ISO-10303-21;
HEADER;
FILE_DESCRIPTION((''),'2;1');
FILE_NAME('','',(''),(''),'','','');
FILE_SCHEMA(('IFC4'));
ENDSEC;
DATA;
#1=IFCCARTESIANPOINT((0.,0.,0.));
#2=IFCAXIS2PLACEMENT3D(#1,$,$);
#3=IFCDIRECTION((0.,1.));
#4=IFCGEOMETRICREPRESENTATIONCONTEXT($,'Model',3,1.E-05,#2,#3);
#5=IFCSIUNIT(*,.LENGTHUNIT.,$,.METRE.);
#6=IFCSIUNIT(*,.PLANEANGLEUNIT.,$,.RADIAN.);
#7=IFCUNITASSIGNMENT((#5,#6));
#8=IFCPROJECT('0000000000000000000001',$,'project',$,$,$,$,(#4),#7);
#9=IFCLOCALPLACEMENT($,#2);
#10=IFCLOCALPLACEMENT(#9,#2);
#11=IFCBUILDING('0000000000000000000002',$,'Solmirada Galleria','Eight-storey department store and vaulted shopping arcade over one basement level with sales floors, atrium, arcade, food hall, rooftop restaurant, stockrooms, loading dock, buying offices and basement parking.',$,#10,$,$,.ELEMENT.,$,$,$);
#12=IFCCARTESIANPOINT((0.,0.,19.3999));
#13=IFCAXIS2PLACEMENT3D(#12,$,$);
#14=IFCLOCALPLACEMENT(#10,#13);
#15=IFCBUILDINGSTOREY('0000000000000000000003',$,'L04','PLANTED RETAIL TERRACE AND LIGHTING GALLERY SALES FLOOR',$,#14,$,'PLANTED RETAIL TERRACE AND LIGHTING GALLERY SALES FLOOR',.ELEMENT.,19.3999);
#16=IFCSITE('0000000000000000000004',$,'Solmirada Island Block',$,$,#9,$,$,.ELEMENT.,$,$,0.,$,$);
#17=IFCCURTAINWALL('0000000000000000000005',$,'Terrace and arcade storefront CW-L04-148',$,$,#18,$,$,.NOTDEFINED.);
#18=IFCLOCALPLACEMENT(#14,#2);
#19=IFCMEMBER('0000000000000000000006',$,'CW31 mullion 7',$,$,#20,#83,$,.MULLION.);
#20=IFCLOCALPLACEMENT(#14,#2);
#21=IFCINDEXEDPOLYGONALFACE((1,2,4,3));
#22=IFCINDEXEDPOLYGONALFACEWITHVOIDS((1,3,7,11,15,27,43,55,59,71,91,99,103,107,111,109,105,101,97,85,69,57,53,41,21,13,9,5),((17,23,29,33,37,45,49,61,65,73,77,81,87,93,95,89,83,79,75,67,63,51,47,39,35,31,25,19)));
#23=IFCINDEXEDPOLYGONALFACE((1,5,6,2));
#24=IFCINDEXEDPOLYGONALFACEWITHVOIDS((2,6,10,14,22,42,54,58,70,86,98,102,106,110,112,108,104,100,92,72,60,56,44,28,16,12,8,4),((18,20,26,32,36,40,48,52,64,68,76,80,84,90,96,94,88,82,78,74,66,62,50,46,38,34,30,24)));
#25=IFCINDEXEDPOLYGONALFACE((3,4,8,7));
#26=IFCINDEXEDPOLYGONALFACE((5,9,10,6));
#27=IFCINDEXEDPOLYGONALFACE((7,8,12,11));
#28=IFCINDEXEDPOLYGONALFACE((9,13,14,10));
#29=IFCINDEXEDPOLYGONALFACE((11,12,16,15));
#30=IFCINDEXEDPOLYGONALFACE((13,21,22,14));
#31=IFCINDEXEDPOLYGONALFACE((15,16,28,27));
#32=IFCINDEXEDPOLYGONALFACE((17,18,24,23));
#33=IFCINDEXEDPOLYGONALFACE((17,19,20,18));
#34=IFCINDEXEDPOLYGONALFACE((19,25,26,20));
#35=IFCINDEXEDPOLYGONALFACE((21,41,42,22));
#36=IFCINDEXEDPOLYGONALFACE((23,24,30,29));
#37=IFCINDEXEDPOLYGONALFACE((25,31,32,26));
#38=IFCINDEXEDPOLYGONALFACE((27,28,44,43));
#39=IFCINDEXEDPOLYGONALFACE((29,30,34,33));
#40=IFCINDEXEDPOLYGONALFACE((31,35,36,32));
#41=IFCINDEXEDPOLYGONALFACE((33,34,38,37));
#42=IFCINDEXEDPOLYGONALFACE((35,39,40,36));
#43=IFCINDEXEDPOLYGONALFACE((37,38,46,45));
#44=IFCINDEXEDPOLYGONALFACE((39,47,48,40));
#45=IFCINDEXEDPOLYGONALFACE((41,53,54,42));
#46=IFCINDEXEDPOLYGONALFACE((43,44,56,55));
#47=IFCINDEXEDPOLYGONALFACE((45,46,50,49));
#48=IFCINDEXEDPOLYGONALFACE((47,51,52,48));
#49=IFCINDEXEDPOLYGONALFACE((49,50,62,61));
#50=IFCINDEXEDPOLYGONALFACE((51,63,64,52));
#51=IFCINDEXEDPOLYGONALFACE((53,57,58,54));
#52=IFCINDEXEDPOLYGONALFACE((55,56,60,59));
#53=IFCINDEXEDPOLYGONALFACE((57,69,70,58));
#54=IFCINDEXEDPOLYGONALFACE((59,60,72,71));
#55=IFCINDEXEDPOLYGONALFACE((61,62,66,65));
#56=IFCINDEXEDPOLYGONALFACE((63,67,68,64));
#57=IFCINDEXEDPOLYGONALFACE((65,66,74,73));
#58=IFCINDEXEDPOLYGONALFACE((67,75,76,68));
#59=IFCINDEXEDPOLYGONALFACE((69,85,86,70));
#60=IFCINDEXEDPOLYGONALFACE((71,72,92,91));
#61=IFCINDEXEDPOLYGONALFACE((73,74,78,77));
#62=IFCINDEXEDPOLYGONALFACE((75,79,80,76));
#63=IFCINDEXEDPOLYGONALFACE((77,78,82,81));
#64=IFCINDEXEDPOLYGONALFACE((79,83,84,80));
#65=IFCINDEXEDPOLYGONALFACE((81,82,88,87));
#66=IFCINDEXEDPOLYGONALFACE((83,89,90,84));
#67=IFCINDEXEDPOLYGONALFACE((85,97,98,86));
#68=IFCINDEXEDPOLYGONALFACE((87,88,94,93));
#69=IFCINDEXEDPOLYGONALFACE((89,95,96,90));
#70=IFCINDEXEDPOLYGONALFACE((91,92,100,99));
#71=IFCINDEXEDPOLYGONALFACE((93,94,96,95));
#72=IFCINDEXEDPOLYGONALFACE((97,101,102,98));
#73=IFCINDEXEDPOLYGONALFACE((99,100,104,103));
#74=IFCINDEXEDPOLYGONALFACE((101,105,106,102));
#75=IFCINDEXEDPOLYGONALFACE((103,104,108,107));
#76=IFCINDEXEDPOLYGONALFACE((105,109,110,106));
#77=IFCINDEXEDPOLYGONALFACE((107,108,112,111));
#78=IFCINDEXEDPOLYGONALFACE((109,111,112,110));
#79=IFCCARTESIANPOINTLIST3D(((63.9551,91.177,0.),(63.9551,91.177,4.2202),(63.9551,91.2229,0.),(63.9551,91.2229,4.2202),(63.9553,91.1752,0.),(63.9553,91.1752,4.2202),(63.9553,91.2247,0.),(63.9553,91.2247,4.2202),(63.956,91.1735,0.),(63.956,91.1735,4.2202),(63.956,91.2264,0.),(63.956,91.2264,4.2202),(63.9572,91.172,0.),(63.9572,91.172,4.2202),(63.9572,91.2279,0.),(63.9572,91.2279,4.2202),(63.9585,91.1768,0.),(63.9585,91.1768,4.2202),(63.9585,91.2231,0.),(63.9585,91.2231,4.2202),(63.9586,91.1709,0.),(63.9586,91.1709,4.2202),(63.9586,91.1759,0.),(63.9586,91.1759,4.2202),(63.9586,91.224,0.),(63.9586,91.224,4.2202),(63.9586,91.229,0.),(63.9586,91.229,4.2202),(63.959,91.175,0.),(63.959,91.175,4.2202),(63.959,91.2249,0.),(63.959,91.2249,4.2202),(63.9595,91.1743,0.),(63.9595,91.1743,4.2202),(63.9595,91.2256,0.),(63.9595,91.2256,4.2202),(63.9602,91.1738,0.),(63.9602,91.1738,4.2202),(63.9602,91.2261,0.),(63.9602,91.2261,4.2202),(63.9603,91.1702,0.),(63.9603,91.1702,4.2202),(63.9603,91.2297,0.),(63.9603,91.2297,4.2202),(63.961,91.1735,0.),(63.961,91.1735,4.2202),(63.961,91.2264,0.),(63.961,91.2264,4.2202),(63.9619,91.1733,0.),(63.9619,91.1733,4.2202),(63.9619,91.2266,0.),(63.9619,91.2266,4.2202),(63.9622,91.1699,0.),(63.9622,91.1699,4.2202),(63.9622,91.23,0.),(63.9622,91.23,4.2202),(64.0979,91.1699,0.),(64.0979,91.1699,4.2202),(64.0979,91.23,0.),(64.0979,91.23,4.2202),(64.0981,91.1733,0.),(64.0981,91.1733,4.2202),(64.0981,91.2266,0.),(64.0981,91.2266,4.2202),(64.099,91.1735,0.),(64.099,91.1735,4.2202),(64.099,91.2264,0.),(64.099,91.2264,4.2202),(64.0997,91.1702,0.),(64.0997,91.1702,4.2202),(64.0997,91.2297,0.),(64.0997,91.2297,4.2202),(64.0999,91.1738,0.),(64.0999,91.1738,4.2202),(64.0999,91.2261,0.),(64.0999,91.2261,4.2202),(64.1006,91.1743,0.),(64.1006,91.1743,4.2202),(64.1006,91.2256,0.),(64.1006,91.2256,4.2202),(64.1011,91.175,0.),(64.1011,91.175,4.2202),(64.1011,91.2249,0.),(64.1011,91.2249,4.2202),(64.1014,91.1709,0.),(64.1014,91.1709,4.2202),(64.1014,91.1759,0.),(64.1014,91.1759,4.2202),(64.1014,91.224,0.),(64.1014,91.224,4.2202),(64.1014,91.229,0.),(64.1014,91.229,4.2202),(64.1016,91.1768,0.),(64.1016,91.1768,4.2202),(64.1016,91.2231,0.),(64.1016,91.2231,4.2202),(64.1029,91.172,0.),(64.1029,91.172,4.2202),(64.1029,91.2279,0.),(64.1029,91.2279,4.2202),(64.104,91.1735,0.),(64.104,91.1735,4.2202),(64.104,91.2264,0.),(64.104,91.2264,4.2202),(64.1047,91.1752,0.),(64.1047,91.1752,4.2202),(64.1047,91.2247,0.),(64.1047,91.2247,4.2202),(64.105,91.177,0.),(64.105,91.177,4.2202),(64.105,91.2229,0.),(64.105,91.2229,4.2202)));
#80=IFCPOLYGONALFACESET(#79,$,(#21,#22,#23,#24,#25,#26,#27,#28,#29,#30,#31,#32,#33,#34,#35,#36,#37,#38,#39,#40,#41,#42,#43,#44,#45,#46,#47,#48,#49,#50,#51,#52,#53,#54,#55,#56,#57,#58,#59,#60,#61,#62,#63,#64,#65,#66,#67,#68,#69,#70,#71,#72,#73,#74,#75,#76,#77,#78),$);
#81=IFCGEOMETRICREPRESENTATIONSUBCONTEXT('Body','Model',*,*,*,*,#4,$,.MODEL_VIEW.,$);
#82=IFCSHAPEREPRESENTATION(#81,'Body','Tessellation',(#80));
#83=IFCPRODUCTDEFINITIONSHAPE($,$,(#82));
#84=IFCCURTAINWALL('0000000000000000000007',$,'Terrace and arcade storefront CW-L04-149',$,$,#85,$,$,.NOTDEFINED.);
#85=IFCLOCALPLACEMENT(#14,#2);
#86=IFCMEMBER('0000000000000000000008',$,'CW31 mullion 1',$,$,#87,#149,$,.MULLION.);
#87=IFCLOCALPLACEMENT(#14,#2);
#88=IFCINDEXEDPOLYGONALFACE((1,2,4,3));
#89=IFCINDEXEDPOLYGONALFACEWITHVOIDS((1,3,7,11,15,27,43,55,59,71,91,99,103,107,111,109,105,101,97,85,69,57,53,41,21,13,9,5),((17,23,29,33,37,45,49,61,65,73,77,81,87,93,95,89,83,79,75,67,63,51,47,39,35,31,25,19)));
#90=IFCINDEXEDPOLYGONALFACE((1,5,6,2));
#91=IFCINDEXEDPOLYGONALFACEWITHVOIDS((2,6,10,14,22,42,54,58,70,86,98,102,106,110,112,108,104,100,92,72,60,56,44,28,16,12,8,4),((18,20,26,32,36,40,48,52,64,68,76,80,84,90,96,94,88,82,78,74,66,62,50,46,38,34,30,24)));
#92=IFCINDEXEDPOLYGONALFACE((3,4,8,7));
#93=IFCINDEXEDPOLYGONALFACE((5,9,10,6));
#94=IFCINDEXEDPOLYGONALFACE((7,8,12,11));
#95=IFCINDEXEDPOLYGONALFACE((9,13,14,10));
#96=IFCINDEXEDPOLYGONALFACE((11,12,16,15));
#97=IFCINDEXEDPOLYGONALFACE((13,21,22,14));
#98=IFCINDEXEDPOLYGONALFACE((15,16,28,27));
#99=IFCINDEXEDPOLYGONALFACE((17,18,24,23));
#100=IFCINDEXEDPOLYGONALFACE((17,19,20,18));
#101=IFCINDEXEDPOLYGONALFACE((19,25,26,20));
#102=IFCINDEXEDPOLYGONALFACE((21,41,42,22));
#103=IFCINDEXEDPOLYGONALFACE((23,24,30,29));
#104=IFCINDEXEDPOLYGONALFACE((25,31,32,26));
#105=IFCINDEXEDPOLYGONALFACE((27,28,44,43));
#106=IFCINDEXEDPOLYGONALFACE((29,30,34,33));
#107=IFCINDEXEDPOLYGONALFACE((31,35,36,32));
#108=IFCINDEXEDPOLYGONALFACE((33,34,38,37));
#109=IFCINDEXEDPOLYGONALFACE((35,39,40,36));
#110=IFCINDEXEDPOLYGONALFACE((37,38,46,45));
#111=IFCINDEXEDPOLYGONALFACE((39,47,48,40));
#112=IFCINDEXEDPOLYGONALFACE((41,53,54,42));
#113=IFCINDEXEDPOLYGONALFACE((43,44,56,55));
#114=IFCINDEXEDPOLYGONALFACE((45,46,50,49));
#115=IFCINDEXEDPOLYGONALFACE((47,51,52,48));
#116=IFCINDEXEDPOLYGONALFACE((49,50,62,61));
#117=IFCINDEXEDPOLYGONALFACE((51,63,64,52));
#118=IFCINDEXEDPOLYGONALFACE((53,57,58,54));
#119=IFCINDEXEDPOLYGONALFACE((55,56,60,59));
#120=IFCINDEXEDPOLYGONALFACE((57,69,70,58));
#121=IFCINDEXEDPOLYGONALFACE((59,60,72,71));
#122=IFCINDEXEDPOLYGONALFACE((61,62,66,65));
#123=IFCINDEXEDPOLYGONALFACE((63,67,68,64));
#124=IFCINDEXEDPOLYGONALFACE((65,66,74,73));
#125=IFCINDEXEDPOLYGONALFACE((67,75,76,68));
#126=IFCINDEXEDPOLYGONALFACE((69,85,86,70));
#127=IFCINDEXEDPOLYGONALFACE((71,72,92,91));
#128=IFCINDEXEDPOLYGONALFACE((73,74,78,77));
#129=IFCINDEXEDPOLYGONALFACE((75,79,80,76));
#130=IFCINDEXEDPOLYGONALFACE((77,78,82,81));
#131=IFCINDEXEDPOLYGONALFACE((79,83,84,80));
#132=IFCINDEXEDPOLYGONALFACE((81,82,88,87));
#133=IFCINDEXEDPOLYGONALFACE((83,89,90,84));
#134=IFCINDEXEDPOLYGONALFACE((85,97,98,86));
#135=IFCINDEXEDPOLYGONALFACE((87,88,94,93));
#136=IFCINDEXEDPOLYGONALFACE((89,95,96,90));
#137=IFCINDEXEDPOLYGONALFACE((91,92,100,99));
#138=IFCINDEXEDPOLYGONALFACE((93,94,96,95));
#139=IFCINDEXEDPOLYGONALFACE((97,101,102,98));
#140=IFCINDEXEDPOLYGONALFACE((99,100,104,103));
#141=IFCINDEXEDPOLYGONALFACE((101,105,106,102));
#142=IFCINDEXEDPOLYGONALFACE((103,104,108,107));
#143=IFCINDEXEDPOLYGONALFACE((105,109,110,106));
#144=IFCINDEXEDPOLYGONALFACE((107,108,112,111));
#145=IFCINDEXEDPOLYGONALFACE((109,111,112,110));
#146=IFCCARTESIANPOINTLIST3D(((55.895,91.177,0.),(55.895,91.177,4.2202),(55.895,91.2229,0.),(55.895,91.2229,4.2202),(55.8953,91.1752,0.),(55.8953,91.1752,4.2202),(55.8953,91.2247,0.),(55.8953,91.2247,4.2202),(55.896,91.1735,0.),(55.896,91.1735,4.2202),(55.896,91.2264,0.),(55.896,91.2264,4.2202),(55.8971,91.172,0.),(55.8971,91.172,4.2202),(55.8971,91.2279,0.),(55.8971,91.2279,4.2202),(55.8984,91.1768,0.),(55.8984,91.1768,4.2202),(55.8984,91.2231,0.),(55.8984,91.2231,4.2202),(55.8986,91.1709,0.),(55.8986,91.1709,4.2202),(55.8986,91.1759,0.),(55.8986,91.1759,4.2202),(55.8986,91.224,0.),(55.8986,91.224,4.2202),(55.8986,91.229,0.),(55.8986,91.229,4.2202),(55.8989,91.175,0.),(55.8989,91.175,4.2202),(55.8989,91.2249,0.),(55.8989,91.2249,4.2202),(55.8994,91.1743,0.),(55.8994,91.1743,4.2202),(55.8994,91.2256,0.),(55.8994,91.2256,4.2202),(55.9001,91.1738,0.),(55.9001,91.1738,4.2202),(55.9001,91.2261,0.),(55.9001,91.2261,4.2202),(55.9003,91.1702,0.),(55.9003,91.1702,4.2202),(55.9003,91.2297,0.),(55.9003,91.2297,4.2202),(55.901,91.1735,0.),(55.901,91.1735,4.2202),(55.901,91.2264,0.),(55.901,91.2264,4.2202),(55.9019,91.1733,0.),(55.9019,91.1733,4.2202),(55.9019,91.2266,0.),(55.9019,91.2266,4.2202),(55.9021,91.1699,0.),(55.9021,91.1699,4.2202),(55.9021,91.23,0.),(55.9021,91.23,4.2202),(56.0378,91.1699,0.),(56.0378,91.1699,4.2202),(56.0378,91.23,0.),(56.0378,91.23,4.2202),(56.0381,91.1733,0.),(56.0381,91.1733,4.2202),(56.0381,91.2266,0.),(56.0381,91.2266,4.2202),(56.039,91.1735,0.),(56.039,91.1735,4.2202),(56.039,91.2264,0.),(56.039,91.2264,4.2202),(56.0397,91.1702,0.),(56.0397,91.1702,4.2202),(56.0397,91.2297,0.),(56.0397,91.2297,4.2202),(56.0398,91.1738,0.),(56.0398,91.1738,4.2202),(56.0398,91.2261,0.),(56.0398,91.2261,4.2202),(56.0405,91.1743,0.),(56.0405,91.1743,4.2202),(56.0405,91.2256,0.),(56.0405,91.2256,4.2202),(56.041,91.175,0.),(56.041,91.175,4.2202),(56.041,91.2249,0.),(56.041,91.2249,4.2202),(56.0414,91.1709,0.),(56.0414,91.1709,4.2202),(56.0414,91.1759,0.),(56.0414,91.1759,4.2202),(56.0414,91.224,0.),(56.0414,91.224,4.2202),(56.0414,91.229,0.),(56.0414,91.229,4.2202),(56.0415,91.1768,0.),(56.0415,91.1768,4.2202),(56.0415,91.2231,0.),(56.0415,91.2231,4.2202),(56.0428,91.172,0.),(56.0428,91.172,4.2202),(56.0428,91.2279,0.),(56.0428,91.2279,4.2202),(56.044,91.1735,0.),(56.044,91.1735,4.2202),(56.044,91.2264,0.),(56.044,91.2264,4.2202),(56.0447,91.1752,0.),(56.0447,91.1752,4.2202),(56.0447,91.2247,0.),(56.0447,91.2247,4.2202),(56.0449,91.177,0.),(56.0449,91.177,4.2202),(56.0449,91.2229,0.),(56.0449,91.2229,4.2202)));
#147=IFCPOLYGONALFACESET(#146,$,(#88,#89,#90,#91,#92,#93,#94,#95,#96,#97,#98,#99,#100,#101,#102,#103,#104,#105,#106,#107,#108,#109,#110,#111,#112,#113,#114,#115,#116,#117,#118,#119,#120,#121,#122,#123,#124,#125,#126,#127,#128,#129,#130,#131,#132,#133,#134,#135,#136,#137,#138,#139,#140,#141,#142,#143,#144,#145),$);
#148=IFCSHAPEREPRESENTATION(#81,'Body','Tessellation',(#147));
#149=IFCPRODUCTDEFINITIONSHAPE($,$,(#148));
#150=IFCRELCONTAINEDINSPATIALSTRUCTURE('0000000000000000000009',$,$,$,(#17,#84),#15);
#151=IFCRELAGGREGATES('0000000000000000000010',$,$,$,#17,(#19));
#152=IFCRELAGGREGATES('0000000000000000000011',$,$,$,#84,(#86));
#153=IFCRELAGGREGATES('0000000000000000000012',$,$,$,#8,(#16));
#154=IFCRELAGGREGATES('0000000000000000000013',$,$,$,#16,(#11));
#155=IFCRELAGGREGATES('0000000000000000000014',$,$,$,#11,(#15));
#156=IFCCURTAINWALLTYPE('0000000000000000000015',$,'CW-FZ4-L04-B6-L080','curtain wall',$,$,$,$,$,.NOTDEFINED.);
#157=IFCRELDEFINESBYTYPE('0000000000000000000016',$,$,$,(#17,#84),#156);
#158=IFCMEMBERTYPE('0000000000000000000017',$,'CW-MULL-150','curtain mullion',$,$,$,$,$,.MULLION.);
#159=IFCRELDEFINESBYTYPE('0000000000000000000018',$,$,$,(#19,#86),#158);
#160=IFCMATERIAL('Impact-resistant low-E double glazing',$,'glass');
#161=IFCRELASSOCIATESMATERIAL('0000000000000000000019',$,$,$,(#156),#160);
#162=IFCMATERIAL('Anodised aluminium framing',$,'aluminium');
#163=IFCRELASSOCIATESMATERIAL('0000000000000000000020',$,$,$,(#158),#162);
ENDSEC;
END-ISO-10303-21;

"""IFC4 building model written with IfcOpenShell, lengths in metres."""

from ifc_helpers import new_model, si_unit, direction, frame, origin, origin_2d, place, context, subcontext, project, spatial, hollow_rectangle, extrude, material, material_profile, profile_set, type_object, element, aggregate, save


model = new_model("IFC4")

# Units and contexts
model_context = context("Model", 3, precision=1e-05, world=origin(), true_north=direction((0.0, 1.0)))
body_context = subcontext(model_context, "Body", "Model", "MODEL_VIEW")
ifc_project = project(units=[si_unit("LENGTHUNIT", "METRE"), si_unit("PLANEANGLEUNIT", "RADIAN")], contexts=[model_context])

# Site, building, storey
site_placement = place(None, origin())
site = spatial("IfcSite", under=ifc_project, at=site_placement, Name="Solmirada Island Block", CompositionType="ELEMENT", RefElevation=0.0)
building_placement = place(site_placement, origin())
building = spatial("IfcBuilding", under=site, at=building_placement, Name="Solmirada Galleria", Description="Eight-storey department store and vaulted shopping arcade over one basement level with sales floors, atrium, arcade, food hall, rooftop restaurant, stockrooms, loading dock, buying offices and basement parking.", CompositionType="ELEMENT")
storey_placement = place(building_placement, frame((0.0, 0.0, 19.3999)))
storey = spatial("IfcBuildingStorey", under=building, at=storey_placement, Name="L04", Description="PLANTED RETAIL TERRACE AND LIGHTING GALLERY SALES FLOOR", LongName="PLANTED RETAIL TERRACE AND LIGHTING GALLERY SALES FLOOR", CompositionType="ELEMENT", Elevation=19.3999)

# Curtain wall, member
ifc_material_1 = material(Name="Impact-resistant low-E double glazing", Category="glass")
curtain_wall_type = type_object("IfcCurtainWallType", Name="CW-FZ4-L04-B6-L080", Description="curtain wall", PredefinedType="NOTDEFINED", material=ifc_material_1)
curtain_wall_1_placement = place(storey_placement, origin())
curtain_wall_1 = element("IfcCurtainWall", 1, at=curtain_wall_1_placement, inside=storey, type_object=curtain_wall_type, Name="Terrace and arcade storefront CW-L04-148", PredefinedType="NOTDEFINED")
ifc_material_2 = material(Name="Anodised aluminium framing", Category="aluminium")
ifc_material_profile_1 = material_profile(ifc_material_2, hollow_rectangle(XDim=0.0601, YDim=0.1499, WallThickness=0.0034, InnerFilletRadius=0.0034, OuterFilletRadius=0.0071, at=origin_2d()), Name="ALU-MULL-150X60")
ifc_profile_set_1 = profile_set([ifc_material_profile_1], Name="Anodised aluminium framing")
member_type_1 = type_object("IfcMemberType", Name="CW-MULL-150", Description="curtain mullion", PredefinedType="MULLION", material=ifc_profile_set_1)
member_1_placement = place(storey_placement, frame((64.03, 91.2, 0.0), z_axis=(0.0, 0.0, 1.0), x_axis=(0.0, -1.0, 0.0)))
member_1 = element("IfcMember", 2, at=member_1_placement, type_object=member_type_1, Name="CW31 mullion 7", PredefinedType="MULLION", context=body_context, shape_type="SweptSolid", body=[
    extrude(hollow_rectangle(XDim=0.0601, YDim=0.1499, WallThickness=0.0034, InnerFilletRadius=0.0034, OuterFilletRadius=0.0071, at=origin_2d()), origin(), (0.0, 0.0, 1.0), 4.2202),
])

# Curtain wall, member
curtain_wall_2_placement = place(storey_placement, origin())
curtain_wall_2 = element("IfcCurtainWall", 3, at=curtain_wall_2_placement, inside=storey, type_object=curtain_wall_type, Name="Terrace and arcade storefront CW-L04-149", PredefinedType="NOTDEFINED")
member_2_placement = place(storey_placement, frame((55.97, 91.2, 0.0), z_axis=(0.0, 0.0, 1.0), x_axis=(0.0, -1.0, 0.0)))
member_2 = element("IfcMember", 4, at=member_2_placement, type_object=member_type_1, Name="CW31 mullion 1", PredefinedType="MULLION", context=body_context, shape_type="SweptSolid", body=[
    extrude(hollow_rectangle(XDim=0.0601, YDim=0.1499, WallThickness=0.0034, InnerFilletRadius=0.0034, OuterFilletRadius=0.0071, at=origin_2d()), origin(), (0.0, 0.0, 1.0), 4.2202),
])

aggregate(curtain_wall_1, [member_1])
aggregate(curtain_wall_2, [member_2])

save(model, "model.ifc")
